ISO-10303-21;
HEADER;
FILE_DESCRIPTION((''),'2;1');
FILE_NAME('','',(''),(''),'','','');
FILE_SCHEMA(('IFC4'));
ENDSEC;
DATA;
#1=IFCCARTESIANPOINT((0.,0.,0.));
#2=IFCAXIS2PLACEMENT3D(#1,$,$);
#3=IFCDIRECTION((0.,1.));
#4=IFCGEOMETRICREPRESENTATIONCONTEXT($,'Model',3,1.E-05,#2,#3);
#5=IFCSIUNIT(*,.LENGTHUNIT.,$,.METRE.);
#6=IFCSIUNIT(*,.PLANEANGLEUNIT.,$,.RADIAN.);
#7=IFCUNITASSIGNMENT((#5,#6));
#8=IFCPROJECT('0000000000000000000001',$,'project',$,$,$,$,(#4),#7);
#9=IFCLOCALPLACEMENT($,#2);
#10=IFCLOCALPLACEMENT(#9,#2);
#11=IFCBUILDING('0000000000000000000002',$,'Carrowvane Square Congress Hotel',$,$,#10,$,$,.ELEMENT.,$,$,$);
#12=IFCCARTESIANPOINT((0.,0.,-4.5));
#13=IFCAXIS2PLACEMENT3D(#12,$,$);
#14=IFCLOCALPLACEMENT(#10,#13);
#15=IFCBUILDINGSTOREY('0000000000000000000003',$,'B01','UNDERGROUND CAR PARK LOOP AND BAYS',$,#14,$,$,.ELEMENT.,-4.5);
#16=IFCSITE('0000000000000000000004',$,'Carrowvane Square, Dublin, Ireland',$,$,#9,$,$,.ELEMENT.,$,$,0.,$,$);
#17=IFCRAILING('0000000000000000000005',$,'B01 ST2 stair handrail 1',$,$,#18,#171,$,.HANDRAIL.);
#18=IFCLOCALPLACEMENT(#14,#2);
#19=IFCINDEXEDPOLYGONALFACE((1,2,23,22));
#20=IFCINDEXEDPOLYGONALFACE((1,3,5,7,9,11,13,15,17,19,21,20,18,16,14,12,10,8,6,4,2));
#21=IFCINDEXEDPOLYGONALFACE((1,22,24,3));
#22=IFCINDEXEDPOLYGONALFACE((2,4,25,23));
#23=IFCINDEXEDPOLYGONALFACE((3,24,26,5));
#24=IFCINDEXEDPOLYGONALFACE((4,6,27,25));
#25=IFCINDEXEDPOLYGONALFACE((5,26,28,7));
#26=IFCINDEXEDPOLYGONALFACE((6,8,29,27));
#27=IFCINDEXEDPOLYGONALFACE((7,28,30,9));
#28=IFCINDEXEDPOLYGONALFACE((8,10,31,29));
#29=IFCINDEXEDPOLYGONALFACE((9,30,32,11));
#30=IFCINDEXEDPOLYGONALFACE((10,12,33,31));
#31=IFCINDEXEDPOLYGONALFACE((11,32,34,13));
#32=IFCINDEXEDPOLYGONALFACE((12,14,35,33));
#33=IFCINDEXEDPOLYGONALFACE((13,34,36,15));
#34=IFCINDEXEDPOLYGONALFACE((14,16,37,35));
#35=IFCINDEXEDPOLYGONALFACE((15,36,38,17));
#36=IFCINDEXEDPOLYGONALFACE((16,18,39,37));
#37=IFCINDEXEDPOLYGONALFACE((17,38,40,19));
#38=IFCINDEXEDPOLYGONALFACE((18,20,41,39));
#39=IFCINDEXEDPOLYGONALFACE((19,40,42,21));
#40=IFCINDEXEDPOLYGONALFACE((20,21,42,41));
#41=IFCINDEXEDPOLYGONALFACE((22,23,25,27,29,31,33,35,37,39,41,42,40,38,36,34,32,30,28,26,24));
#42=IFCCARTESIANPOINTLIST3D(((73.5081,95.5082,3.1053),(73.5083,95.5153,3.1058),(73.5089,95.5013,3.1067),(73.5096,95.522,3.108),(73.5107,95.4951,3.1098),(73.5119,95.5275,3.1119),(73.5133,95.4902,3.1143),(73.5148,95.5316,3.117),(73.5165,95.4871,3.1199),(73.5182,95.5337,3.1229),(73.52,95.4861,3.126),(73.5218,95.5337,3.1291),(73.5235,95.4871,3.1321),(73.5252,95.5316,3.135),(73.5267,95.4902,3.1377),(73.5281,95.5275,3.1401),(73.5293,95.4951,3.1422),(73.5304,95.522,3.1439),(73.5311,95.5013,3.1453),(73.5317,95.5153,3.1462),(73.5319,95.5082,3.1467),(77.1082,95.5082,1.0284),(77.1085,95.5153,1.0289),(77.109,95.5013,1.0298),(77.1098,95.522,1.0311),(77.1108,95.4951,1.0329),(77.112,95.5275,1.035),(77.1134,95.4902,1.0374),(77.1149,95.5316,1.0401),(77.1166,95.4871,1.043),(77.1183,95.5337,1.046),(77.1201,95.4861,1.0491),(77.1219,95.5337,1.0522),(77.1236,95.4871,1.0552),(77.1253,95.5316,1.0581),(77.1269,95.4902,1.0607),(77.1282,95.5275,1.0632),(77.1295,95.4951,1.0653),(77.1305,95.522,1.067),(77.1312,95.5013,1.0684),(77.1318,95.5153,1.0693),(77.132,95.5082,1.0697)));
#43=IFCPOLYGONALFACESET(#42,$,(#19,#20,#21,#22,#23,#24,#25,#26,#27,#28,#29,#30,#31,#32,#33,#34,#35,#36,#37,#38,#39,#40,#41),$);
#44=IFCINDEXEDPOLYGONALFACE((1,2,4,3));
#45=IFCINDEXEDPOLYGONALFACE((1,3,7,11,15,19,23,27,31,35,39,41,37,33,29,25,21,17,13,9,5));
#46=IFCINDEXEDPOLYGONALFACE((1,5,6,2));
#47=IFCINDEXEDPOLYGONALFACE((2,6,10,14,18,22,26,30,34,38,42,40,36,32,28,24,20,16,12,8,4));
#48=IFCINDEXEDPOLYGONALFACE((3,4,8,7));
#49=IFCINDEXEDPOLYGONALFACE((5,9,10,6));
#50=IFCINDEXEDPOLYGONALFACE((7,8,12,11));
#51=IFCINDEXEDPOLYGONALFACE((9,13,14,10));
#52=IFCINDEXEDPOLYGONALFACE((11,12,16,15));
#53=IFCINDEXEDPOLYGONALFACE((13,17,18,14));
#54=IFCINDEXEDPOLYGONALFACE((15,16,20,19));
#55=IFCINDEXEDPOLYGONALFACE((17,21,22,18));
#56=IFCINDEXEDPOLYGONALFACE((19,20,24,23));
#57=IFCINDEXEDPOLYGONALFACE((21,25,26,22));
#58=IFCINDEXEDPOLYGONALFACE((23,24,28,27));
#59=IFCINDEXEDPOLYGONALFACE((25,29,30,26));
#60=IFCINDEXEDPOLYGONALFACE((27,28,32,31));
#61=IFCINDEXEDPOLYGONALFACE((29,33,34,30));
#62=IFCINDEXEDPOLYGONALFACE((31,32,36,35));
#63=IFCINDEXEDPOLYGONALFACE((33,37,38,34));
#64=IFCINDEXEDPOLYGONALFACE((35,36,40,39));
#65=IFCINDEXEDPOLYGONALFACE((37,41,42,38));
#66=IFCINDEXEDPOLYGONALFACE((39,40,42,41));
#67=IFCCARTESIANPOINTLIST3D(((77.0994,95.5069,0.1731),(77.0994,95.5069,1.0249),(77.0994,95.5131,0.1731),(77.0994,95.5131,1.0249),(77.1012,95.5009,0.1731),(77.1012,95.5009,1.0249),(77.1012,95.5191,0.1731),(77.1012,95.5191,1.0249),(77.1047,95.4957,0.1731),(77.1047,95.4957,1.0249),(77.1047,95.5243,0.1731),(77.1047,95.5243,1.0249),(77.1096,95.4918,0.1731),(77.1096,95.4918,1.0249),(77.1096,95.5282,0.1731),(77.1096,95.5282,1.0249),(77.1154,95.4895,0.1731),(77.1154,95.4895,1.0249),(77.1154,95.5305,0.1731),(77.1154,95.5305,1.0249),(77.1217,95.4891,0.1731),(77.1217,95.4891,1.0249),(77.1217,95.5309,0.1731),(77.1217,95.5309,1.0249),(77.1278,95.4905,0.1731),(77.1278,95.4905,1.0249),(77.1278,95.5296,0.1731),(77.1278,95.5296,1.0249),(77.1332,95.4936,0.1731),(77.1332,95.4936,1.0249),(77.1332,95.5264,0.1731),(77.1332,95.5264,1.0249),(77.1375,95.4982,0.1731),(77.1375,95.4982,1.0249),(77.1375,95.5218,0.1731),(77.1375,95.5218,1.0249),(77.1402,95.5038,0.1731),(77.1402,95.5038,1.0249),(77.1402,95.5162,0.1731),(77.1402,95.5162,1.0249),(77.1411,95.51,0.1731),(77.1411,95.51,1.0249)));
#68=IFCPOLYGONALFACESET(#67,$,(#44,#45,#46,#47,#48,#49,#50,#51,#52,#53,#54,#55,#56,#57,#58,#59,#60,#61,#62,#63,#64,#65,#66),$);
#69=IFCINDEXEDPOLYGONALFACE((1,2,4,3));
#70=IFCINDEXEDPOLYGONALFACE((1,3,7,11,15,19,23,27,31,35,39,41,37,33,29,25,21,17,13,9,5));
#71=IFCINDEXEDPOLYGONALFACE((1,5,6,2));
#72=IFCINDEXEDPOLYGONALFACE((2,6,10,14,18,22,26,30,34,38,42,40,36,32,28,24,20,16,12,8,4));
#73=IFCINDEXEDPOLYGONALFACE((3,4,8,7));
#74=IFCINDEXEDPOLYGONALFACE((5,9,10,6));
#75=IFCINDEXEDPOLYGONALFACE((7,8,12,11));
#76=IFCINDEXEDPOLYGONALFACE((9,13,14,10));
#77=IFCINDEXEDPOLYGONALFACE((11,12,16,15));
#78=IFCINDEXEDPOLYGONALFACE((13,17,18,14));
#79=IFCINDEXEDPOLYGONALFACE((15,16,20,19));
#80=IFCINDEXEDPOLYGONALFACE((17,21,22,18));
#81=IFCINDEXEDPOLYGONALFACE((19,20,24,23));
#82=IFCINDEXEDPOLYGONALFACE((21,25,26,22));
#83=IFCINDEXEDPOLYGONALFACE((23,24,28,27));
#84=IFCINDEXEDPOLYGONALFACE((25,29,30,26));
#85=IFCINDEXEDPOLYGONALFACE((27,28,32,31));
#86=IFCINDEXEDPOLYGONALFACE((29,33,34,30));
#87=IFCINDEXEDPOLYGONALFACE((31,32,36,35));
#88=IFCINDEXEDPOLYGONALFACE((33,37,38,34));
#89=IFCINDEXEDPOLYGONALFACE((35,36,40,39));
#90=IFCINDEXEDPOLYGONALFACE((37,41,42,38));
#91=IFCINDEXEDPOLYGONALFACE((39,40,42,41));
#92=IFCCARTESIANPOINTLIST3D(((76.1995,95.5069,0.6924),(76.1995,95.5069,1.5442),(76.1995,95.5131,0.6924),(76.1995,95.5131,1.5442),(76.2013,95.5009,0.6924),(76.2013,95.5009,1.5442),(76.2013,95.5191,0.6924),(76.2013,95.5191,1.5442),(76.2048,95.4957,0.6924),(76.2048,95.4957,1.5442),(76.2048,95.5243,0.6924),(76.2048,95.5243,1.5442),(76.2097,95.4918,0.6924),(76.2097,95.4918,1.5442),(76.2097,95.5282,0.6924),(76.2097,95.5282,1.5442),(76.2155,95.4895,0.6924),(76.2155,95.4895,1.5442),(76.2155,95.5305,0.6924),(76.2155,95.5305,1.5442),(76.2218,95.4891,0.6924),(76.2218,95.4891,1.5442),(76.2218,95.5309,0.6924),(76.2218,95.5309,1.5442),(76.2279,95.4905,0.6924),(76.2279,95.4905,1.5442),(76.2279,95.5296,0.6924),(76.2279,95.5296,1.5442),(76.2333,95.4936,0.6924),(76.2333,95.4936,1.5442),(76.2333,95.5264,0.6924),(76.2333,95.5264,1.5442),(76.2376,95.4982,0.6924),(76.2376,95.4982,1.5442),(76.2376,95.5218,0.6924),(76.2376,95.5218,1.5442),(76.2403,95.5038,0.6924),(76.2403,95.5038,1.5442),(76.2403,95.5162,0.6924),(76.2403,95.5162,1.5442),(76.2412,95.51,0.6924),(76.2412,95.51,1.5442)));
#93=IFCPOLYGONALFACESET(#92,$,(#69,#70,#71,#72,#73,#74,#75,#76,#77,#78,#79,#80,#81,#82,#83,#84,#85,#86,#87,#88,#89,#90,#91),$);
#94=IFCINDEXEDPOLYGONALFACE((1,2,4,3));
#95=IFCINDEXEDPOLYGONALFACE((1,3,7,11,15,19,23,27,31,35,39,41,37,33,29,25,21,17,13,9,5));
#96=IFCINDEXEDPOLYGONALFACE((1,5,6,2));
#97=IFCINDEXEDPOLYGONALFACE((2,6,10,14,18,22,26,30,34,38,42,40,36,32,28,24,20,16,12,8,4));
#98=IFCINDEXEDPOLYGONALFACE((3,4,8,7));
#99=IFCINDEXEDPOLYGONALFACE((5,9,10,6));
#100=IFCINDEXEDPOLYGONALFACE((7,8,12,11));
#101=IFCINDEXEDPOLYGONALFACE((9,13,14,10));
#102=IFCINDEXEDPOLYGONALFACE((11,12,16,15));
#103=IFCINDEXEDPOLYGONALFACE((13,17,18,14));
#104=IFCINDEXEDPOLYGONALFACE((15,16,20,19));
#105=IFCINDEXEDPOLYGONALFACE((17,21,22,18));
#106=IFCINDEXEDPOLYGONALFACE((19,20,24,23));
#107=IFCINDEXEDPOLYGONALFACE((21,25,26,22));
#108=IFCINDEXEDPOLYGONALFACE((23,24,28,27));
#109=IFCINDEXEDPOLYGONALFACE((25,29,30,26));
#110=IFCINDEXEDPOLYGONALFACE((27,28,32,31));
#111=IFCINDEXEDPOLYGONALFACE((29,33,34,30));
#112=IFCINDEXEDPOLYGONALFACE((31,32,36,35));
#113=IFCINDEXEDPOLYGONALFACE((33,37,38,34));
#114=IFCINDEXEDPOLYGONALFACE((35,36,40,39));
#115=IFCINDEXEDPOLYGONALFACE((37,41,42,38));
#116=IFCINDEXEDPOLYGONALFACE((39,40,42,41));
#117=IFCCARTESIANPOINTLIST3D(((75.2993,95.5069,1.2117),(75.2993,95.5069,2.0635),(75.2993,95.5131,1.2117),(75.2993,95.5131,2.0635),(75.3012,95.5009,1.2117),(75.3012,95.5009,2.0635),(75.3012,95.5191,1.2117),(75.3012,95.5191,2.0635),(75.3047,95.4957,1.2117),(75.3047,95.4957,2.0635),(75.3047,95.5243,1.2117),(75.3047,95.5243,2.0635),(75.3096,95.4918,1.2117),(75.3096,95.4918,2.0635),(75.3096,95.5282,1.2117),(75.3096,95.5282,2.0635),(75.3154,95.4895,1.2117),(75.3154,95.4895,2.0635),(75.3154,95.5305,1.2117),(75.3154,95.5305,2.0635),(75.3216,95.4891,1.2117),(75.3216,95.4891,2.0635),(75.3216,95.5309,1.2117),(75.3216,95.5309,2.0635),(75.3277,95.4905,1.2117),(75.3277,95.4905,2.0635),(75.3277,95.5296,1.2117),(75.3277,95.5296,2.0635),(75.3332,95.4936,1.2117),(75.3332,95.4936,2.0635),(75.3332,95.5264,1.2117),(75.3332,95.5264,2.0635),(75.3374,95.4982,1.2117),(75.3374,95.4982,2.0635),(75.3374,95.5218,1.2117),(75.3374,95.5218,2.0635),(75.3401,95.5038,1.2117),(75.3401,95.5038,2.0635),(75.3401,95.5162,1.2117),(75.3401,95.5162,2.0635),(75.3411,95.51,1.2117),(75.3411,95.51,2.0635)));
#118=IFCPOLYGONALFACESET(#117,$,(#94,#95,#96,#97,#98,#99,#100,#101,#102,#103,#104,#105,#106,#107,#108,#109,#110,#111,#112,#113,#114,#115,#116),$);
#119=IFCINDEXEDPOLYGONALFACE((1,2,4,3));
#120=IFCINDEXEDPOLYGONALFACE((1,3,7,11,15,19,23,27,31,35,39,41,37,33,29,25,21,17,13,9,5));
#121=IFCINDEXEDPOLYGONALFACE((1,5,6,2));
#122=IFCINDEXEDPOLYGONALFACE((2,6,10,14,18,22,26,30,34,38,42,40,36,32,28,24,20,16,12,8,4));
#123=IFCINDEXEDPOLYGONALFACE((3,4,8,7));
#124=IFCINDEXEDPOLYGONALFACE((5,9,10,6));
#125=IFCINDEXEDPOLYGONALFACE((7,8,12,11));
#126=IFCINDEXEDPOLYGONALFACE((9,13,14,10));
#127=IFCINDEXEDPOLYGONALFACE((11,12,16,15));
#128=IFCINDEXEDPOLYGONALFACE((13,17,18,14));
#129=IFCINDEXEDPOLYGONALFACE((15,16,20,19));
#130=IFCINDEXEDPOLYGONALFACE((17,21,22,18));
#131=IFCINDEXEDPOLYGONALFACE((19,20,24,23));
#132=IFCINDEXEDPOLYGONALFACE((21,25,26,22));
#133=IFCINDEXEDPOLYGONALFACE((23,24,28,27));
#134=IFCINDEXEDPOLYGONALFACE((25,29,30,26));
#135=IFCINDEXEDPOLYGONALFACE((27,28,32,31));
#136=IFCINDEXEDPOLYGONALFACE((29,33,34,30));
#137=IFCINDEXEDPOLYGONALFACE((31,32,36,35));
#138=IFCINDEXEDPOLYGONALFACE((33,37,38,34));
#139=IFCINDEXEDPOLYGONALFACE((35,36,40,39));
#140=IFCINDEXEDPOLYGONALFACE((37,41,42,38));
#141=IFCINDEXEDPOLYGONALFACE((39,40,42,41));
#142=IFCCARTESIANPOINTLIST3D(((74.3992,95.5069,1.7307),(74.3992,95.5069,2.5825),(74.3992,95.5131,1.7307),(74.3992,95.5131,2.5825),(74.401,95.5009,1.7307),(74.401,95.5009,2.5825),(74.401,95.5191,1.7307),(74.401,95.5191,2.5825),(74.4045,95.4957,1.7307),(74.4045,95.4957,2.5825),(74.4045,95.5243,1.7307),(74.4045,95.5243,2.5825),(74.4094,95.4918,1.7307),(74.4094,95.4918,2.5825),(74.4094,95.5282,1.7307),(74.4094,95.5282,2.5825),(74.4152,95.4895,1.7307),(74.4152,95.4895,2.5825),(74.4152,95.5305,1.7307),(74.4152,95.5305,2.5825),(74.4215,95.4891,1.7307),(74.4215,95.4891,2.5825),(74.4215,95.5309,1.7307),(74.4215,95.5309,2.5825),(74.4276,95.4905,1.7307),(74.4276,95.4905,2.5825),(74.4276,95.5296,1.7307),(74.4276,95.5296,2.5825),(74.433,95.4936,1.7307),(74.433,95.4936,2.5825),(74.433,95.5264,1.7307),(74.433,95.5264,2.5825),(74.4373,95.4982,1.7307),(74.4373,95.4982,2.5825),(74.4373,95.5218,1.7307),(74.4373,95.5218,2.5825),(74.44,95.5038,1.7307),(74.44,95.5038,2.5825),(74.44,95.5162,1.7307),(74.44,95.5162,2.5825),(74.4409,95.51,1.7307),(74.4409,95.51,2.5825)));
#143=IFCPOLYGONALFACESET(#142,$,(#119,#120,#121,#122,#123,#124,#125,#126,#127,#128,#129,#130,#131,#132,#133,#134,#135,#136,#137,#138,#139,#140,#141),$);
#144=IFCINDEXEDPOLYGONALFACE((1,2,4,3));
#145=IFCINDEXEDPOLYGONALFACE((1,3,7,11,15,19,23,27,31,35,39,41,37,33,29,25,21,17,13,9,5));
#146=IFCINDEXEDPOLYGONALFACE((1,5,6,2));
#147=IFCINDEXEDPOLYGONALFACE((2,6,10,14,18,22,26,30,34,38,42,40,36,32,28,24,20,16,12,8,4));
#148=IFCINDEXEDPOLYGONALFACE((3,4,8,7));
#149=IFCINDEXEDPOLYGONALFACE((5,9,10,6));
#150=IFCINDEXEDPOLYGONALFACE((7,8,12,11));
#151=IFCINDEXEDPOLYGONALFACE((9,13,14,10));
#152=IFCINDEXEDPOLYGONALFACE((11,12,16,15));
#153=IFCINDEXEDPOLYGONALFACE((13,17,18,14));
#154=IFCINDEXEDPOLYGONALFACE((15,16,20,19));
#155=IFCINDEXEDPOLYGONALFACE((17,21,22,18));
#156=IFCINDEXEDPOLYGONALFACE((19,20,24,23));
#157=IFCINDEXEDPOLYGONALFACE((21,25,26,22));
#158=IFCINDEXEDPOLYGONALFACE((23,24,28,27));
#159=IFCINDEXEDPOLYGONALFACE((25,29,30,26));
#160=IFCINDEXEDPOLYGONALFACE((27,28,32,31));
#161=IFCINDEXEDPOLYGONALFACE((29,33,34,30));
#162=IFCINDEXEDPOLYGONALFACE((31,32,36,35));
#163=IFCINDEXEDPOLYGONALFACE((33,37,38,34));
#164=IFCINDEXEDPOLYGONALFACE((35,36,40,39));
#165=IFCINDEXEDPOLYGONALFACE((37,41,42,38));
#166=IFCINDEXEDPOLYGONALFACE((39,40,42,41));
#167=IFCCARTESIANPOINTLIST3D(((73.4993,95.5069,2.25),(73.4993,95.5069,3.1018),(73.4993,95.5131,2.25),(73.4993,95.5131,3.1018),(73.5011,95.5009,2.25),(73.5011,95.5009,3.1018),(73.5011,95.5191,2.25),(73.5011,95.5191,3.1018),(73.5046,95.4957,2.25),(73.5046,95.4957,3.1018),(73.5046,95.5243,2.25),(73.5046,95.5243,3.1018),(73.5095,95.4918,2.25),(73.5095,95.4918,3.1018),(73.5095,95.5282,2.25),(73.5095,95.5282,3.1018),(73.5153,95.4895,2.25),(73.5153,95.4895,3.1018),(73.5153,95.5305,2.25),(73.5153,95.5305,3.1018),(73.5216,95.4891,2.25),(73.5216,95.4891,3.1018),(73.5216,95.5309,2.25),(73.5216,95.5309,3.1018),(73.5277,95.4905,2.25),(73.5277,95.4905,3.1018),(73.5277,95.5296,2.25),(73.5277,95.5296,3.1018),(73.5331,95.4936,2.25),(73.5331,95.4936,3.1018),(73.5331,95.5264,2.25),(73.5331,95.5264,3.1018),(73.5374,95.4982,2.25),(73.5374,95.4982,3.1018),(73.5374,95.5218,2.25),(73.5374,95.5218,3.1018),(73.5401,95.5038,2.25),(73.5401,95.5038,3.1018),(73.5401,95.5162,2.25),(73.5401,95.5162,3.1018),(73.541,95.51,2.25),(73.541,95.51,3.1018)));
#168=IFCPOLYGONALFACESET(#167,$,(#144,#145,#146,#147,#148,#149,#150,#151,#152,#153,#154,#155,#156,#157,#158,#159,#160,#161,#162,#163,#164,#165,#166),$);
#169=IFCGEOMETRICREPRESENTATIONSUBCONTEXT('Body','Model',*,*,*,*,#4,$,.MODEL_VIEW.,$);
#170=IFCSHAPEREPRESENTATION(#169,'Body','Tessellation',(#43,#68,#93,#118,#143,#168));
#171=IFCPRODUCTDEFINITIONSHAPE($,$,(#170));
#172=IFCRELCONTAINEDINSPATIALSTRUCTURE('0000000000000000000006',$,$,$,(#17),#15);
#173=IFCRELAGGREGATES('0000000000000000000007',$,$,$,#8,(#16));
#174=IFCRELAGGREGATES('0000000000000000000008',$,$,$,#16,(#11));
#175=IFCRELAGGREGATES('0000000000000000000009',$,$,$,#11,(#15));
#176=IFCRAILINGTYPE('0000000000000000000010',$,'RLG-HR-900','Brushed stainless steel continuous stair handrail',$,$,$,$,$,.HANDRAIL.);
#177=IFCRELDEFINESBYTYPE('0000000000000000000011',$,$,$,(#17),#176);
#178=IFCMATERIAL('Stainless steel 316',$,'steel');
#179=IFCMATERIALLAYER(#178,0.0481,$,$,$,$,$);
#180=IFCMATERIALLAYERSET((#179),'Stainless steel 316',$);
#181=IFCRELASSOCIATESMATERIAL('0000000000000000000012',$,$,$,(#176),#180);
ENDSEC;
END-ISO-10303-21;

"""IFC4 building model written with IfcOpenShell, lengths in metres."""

from ifc_helpers import new_model, si_unit, direction, frame, origin, origin_2d, place, context, subcontext, project, spatial, circle, extrude, material, layer, layer_set, type_object, element, save


model = new_model("IFC4")

# Units and contexts
model_context = context("Model", 3, precision=1e-05, world=origin(), true_north=direction((0.0, 1.0)))
body_context = subcontext(model_context, "Body", "Model", "MODEL_VIEW")
ifc_project = project(units=[si_unit("LENGTHUNIT", "METRE"), si_unit("PLANEANGLEUNIT", "RADIAN")], contexts=[model_context])

# Site, building, storey
site_placement = place(None, origin())
site = spatial("IfcSite", under=ifc_project, at=site_placement, Name="Carrowvane Square, Dublin, Ireland", CompositionType="ELEMENT", RefElevation=0.0)
building_placement = place(site_placement, origin())
building = spatial("IfcBuilding", under=site, at=building_placement, Name="Carrowvane Square Congress Hotel", CompositionType="ELEMENT")
storey_placement = place(building_placement, frame((0.0, 0.0, -4.5)))
storey = spatial("IfcBuildingStorey", under=building, at=storey_placement, Name="B01", Description="UNDERGROUND CAR PARK LOOP AND BAYS", CompositionType="ELEMENT", Elevation=-4.5)

# Railing
ifc_material_1 = material(Name="Stainless steel 316", Category="steel")
ifc_layer_1 = layer(ifc_material_1, 0.0481)
ifc_layer_set_1 = layer_set([ifc_layer_1], Name="Stainless steel 316")
railing_type = type_object("IfcRailingType", Name="RLG-HR-900", Description="Brushed stainless steel continuous stair handrail", PredefinedType="HANDRAIL", material=ifc_layer_set_1)
railing_placement = place(storey_placement, frame((77.1201, 95.51, 0.1731)))
element("IfcRailing", 1, at=railing_placement, inside=storey, type_object=railing_type, Name="B01 ST2 stair handrail 1", PredefinedType="HANDRAIL", context=body_context, shape_type="SweptSolid", body=[
    extrude(circle(Radius=0.0239, at=origin_2d()), frame((0.0, 0.0, 0.876), z_axis=(-0.866193, 0.0, 0.499709), x_axis=(0.0, -1.0, 0.0)), (0.0, 0.0, 1.0), 4.1562),
    extrude(circle(Radius=0.021, at=origin_2d()), origin(), (0.0, 0.0, 1.0), 0.8518),
    extrude(circle(Radius=0.021, at=origin_2d()), frame((-0.8999, 0.0, 0.5193)), (0.0, 0.0, 1.0), 0.8518),
    extrude(circle(Radius=0.021, at=origin_2d()), frame((-1.8, 0.0, 1.0386)), (0.0, 0.0, 1.0), 0.8518),
    extrude(circle(Radius=0.021, at=origin_2d()), frame((-2.7002, 0.0, 1.5576)), (0.0, 0.0, 1.0), 0.8518),
    extrude(circle(Radius=0.021, at=origin_2d()), frame((-3.6001, 0.0, 2.0769)), (0.0, 0.0, 1.0), 0.8518),
])

save(model, "model.ifc")
